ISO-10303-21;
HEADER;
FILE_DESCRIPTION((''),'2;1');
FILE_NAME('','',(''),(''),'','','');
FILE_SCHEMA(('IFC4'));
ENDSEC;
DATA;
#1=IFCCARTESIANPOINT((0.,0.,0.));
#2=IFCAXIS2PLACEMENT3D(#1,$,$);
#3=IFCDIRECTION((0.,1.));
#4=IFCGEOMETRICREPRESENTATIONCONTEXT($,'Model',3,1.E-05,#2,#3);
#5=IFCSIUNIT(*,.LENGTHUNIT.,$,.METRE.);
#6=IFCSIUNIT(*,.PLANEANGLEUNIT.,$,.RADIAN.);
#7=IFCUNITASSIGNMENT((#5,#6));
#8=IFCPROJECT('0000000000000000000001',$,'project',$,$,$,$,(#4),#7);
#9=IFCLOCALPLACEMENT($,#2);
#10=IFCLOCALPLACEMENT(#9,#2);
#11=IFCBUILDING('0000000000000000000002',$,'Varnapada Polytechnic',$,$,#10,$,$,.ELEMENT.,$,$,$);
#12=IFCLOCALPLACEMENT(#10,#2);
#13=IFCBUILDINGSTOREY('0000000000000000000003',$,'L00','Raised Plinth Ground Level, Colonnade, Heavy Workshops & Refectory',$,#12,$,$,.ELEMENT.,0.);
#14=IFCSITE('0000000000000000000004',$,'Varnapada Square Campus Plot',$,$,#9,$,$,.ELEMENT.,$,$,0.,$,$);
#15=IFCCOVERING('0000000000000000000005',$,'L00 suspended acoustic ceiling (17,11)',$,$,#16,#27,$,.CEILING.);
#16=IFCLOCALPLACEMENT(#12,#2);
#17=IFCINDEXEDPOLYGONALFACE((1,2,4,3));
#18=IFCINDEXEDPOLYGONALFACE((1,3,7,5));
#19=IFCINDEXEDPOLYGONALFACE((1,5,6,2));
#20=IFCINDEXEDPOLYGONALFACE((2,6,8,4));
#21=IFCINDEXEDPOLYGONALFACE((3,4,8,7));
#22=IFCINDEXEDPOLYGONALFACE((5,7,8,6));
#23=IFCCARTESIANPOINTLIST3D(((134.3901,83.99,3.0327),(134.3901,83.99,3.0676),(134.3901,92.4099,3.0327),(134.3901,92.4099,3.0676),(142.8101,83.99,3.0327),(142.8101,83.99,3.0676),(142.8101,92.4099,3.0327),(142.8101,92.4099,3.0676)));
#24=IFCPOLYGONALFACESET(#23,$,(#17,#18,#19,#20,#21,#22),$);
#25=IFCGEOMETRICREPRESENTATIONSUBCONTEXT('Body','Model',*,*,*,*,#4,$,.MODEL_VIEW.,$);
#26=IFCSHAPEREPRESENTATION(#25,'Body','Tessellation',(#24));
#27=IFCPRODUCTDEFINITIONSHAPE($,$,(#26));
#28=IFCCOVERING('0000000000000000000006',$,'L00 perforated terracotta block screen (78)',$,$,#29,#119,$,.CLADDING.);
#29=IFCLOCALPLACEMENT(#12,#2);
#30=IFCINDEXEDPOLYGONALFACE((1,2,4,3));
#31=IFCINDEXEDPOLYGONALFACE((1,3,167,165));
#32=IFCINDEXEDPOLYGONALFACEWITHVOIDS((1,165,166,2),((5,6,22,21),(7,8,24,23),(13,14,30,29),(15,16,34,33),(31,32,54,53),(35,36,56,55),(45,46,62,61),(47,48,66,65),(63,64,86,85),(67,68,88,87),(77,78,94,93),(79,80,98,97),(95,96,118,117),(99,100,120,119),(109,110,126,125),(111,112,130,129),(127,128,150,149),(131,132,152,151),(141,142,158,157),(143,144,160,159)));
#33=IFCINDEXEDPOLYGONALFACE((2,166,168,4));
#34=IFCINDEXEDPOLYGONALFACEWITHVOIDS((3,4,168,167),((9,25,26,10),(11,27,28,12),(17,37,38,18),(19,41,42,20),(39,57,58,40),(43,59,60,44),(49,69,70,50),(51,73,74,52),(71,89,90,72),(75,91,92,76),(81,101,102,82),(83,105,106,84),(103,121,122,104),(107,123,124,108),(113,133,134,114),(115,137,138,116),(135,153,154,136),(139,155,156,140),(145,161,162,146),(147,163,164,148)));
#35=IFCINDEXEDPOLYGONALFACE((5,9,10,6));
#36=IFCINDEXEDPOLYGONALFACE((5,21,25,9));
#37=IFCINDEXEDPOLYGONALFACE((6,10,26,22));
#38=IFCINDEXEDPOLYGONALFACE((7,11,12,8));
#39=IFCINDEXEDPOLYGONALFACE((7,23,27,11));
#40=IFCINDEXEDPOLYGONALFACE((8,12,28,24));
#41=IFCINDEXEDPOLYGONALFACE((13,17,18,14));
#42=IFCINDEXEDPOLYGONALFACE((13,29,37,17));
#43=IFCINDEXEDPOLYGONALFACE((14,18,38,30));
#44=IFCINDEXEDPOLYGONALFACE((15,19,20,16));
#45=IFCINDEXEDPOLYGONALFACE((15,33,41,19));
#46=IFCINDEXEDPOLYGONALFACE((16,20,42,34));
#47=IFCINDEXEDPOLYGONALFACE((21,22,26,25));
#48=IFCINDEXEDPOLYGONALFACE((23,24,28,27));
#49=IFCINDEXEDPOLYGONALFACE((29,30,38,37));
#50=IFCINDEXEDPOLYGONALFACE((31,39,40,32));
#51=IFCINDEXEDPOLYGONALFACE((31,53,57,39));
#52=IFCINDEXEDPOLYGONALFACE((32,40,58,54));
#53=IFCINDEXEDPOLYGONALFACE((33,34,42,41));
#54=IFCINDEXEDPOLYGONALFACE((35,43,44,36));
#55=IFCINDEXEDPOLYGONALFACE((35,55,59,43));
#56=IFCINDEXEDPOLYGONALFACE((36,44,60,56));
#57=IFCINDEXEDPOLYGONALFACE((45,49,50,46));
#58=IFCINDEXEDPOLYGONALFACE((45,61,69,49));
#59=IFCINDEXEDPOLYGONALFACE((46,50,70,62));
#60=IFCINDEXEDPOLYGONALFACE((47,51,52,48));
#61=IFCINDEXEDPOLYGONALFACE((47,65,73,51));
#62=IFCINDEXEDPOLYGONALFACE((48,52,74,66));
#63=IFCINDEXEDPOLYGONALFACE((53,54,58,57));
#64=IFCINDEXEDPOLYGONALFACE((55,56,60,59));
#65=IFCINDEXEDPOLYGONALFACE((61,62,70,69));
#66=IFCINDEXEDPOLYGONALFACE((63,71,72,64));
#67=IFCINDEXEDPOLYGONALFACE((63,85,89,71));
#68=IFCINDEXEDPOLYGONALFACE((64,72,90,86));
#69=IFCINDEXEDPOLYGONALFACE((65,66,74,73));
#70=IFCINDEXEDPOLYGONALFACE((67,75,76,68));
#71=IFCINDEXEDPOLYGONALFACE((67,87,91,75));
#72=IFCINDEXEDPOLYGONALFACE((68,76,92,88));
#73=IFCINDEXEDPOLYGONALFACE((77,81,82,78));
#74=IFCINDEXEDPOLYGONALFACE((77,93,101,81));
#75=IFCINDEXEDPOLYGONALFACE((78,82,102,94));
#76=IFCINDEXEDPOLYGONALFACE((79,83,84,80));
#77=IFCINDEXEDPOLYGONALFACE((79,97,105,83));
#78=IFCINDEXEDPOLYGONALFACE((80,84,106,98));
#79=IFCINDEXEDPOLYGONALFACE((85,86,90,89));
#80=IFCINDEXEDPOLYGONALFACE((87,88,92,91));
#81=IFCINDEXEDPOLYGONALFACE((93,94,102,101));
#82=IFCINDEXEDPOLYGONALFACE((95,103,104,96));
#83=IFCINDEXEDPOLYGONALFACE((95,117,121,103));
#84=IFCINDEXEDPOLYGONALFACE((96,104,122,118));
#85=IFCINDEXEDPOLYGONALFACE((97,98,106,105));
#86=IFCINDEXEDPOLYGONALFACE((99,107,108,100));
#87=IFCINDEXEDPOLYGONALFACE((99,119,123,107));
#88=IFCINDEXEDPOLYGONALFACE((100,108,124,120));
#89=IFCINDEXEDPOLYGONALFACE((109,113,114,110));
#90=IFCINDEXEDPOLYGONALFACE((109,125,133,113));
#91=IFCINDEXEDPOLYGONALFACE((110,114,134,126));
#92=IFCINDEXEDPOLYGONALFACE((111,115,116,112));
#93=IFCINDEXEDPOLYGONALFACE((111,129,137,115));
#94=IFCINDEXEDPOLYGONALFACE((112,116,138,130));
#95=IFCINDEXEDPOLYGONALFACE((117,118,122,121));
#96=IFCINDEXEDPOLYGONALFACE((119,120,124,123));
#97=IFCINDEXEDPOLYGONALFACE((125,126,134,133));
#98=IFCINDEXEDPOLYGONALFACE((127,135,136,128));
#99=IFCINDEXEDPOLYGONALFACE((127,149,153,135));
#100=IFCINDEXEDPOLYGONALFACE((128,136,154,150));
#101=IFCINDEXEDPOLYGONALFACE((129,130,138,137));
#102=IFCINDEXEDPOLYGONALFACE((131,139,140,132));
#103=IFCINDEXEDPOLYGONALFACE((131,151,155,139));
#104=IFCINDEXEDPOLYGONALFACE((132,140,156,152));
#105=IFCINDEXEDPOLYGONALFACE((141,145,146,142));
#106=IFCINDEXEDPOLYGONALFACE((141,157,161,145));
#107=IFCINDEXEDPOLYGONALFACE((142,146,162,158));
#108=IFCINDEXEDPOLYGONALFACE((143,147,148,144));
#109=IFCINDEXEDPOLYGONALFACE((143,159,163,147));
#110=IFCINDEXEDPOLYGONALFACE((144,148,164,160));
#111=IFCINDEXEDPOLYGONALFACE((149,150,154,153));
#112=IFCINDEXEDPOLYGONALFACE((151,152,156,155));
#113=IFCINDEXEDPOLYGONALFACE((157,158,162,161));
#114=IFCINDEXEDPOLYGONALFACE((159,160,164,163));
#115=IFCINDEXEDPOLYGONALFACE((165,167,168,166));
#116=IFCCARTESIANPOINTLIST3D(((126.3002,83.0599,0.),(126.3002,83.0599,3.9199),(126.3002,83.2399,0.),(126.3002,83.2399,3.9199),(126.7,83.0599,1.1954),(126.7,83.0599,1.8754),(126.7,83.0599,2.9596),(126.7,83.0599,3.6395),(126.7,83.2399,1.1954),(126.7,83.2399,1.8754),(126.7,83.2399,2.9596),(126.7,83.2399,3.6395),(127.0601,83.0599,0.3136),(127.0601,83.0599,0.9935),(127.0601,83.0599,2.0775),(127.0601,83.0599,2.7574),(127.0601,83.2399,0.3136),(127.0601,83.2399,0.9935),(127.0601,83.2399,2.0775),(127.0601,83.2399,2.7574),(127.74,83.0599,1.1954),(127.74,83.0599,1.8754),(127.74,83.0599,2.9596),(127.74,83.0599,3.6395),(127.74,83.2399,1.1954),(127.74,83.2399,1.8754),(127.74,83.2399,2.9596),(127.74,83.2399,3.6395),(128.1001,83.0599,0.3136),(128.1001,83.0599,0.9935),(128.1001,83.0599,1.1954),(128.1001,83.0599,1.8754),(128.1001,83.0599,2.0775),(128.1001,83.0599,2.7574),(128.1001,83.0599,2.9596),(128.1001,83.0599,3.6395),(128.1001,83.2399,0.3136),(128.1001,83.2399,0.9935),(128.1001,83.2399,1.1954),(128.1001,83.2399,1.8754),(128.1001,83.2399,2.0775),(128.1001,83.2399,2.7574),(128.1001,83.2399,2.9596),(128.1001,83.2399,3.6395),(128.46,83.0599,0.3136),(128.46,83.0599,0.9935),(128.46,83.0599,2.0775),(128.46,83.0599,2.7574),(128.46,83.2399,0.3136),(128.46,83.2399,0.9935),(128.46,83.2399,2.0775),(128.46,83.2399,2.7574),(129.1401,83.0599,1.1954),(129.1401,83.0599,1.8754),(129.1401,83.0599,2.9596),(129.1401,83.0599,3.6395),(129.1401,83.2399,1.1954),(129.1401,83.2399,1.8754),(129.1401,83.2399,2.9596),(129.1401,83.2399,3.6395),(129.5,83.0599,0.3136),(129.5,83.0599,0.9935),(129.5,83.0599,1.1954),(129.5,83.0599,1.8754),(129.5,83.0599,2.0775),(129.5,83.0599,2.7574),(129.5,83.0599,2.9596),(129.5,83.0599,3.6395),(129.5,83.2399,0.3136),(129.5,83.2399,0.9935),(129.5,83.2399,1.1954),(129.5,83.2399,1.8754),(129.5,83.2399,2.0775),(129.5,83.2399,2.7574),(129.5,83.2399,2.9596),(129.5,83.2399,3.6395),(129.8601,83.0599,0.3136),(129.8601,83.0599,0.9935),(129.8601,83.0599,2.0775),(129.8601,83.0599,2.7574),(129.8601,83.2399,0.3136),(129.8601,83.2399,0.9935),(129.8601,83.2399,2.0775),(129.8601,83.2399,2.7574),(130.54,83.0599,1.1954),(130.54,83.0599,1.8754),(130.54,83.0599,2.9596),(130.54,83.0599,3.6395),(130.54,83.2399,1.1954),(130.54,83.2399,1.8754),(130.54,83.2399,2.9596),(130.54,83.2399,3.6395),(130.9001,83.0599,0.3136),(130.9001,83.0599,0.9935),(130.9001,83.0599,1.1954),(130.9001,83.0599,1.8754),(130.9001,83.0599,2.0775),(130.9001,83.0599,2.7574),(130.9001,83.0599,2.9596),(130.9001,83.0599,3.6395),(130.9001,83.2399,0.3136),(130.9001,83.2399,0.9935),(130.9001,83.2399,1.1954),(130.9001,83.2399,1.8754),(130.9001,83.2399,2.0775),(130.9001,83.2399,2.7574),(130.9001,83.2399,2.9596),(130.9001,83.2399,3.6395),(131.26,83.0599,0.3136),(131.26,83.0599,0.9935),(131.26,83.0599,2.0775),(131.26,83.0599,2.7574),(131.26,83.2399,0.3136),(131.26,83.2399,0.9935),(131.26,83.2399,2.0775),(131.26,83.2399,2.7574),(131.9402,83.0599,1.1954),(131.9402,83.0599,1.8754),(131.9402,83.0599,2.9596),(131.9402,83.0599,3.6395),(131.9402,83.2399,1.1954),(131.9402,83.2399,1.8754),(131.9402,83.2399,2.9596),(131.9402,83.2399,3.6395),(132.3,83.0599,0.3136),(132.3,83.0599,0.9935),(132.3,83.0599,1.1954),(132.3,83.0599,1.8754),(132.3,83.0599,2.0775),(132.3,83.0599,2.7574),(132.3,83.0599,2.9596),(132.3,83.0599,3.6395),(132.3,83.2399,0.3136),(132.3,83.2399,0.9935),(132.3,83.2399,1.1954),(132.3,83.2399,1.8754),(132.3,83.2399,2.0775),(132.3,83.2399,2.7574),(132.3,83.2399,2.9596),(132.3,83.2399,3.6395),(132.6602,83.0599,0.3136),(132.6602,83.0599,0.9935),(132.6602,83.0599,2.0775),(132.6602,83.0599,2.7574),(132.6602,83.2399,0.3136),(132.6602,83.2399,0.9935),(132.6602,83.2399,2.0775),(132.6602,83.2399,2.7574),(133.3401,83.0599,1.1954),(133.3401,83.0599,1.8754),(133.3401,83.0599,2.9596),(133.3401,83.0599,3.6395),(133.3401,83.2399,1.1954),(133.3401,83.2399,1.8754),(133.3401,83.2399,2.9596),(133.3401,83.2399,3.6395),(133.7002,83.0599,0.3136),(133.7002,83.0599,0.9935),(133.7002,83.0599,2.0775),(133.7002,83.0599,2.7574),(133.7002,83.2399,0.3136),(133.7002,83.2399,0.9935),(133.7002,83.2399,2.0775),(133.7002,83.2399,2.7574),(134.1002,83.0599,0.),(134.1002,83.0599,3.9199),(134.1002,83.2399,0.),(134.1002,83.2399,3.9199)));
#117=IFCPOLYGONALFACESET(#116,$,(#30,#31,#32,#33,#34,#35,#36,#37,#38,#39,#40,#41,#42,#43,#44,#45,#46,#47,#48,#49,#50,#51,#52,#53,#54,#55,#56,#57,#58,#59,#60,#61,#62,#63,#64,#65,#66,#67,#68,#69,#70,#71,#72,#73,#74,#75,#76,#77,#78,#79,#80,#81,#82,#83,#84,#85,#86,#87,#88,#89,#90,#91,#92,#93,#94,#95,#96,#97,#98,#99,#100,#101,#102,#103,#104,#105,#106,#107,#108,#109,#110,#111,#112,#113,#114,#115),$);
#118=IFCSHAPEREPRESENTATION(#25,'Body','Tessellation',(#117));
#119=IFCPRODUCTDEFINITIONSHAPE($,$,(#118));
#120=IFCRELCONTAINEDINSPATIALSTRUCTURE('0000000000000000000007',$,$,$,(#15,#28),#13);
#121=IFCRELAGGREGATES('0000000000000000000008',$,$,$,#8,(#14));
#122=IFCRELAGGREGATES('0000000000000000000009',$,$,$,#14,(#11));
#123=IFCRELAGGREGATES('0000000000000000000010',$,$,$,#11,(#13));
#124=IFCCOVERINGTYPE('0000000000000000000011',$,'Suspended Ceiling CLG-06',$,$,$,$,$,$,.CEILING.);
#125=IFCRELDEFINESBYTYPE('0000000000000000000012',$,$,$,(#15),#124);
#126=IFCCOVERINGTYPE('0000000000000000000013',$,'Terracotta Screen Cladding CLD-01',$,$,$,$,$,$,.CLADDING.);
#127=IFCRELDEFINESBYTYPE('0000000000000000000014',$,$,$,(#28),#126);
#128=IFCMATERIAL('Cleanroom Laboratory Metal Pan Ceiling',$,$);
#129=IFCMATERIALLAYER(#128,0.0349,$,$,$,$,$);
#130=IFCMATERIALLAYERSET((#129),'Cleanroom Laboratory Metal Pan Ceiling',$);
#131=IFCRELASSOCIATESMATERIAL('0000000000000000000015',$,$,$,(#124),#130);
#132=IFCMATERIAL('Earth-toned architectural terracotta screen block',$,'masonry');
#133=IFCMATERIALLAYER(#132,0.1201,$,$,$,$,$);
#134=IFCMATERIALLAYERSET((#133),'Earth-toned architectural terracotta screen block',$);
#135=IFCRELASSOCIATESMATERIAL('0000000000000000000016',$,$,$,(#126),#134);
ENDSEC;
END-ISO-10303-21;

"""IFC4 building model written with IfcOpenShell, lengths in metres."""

from ifc_helpers import new_model, si_unit, direction, frame, frame_2d, origin, origin_2d, place, context, subcontext, project, spatial, rectangle, extrude, material, layer, layer_set, type_object, element, save


model = new_model("IFC4")

# Units and contexts
model_context = context("Model", 3, precision=1e-05, world=origin(), true_north=direction((0.0, 1.0)))
body_context = subcontext(model_context, "Body", "Model", "MODEL_VIEW")
ifc_project = project(units=[si_unit("LENGTHUNIT", "METRE"), si_unit("PLANEANGLEUNIT", "RADIAN")], contexts=[model_context])

# Site, building, storey
site_placement = place(None, origin())
site = spatial("IfcSite", under=ifc_project, at=site_placement, Name="Varnapada Square Campus Plot", CompositionType="ELEMENT", RefElevation=0.0)
building_placement = place(site_placement, origin())
building = spatial("IfcBuilding", under=site, at=building_placement, Name="Varnapada Polytechnic", CompositionType="ELEMENT")
storey_placement = place(building_placement, origin())
storey = spatial("IfcBuildingStorey", under=building, at=storey_placement, Name="L00", Description="Raised Plinth Ground Level, Colonnade, Heavy Workshops & Refectory", CompositionType="ELEMENT", Elevation=0.0)

# Covering
ifc_material_1 = material(Name="Cleanroom Laboratory Metal Pan Ceiling")
ifc_layer_1 = layer(ifc_material_1, 0.0349)
ifc_layer_set_1 = layer_set([ifc_layer_1], Name="Cleanroom Laboratory Metal Pan Ceiling")
covering_type_1 = type_object("IfcCoveringType", Name="Suspended Ceiling CLG-06", PredefinedType="CEILING", material=ifc_layer_set_1)
covering_1_placement = place(storey_placement, frame((138.6001, 88.2, 3.0327), z_axis=(0.0, 0.0, 1.0), x_axis=(1.0, 0.0, 0.0)))
element("IfcCovering", 1, at=covering_1_placement, inside=storey, type_object=covering_type_1, Name="L00 suspended acoustic ceiling (17,11)", PredefinedType="CEILING", context=body_context, shape_type="SweptSolid", body=[
    extrude(rectangle(XDim=8.4199, YDim=8.4199, at=origin_2d()), origin(), (0.0, 0.0, 1.0), 0.0349),
])

# Covering, openings
ifc_material_2 = material(Name="Earth-toned architectural terracotta screen block", Category="masonry")
ifc_layer_2 = layer(ifc_material_2, 0.1201)
ifc_layer_set_2 = layer_set([ifc_layer_2], Name="Earth-toned architectural terracotta screen block")
covering_type_2 = type_object("IfcCoveringType", Name="Terracotta Screen Cladding CLD-01", PredefinedType="CLADDING", material=ifc_layer_set_2)
covering_2_placement = place(storey_placement, frame((134.1001, 83.1499, 0.0), z_axis=(0.0, 0.0, 1.0), x_axis=(-1.0, 0.0, 0.0)))
covering_2 = element("IfcCovering", 2, at=covering_2_placement, inside=storey, type_object=covering_type_2, Name="L00 perforated terracotta block screen (78)", PredefinedType="CLADDING", context=body_context, shape_type="SweptSolid", body=[
    extrude(rectangle(XDim=7.8, YDim=0.1799, at=frame_2d((3.8999, 0.0))), origin(), (0.0, 0.0, 1.0), 3.9199),
])
opening_1_placement = place(covering_2_placement, frame((0.3999, 0.0, 0.3137)))
element("IfcOpeningElement", 3, at=opening_1_placement, cuts=covering_2, PredefinedType="OPENING", context=body_context, shape_type="SweptSolid", body=[
    extrude(rectangle(XDim=1.04, YDim=0.6799, at=frame_2d((0.52, 0.3398))), frame((0.0, 0.0999, 0.0), z_axis=(0.0, -1.0, 0.0), x_axis=(1.0, 0.0, 0.0)), (0.0, 0.0, 1.0), 0.2),
])
opening_2_placement = place(covering_2_placement, frame((1.8, 0.0, 0.3137)))
element("IfcOpeningElement", 4, at=opening_2_placement, cuts=covering_2, PredefinedType="OPENING", context=body_context, shape_type="SweptSolid", body=[
    extrude(rectangle(XDim=1.04, YDim=0.6799, at=frame_2d((0.52, 0.3398))), frame((0.0, 0.0999, 0.0), z_axis=(0.0, -1.0, 0.0), x_axis=(1.0, 0.0, 0.0)), (0.0, 0.0, 1.0), 0.2),
])
opening_3_placement = place(covering_2_placement, frame((3.2, 0.0, 0.3137)))
element("IfcOpeningElement", 5, at=opening_3_placement, cuts=covering_2, PredefinedType="OPENING", context=body_context, shape_type="SweptSolid", body=[
    extrude(rectangle(XDim=1.04, YDim=0.6799, at=frame_2d((0.52, 0.3398))), frame((0.0, 0.0999, 0.0), z_axis=(0.0, -1.0, 0.0), x_axis=(1.0, 0.0, 0.0)), (0.0, 0.0, 1.0), 0.2),
])
opening_4_placement = place(covering_2_placement, frame((4.6001, 0.0, 0.3137)))
element("IfcOpeningElement", 6, at=opening_4_placement, cuts=covering_2, PredefinedType="OPENING", context=body_context, shape_type="SweptSolid", body=[
    extrude(rectangle(XDim=1.04, YDim=0.6799, at=frame_2d((0.52, 0.3398))), frame((0.0, 0.0999, 0.0), z_axis=(0.0, -1.0, 0.0), x_axis=(1.0, 0.0, 0.0)), (0.0, 0.0, 1.0), 0.2),
])
opening_5_placement = place(covering_2_placement, frame((6.0, 0.0, 0.3137)))
element("IfcOpeningElement", 7, at=opening_5_placement, cuts=covering_2, PredefinedType="OPENING", context=body_context, shape_type="SweptSolid", body=[
    extrude(rectangle(XDim=1.04, YDim=0.6799, at=frame_2d((0.52, 0.3398))), frame((0.0, 0.0999, 0.0), z_axis=(0.0, -1.0, 0.0), x_axis=(1.0, 0.0, 0.0)), (0.0, 0.0, 1.0), 0.2),
])
opening_6_placement = place(covering_2_placement, frame((0.76, 0.0, 1.1956)))
element("IfcOpeningElement", 8, at=opening_6_placement, cuts=covering_2, PredefinedType="OPENING", context=body_context, shape_type="SweptSolid", body=[
    extrude(rectangle(XDim=1.04, YDim=0.6799, at=frame_2d((0.52, 0.3398))), frame((0.0, 0.0999, 0.0), z_axis=(0.0, -1.0, 0.0), x_axis=(1.0, 0.0, 0.0)), (0.0, 0.0, 1.0), 0.2),
])
opening_7_placement = place(covering_2_placement, frame((2.1599, 0.0, 1.1956)))
element("IfcOpeningElement", 9, at=opening_7_placement, cuts=covering_2, PredefinedType="OPENING", context=body_context, shape_type="SweptSolid", body=[
    extrude(rectangle(XDim=1.04, YDim=0.6799, at=frame_2d((0.52, 0.3398))), frame((0.0, 0.0999, 0.0), z_axis=(0.0, -1.0, 0.0), x_axis=(1.0, 0.0, 0.0)), (0.0, 0.0, 1.0), 0.2),
])
opening_8_placement = place(covering_2_placement, frame((3.5601, 0.0, 1.1956)))
element("IfcOpeningElement", 10, at=opening_8_placement, cuts=covering_2, PredefinedType="OPENING", context=body_context, shape_type="SweptSolid", body=[
    extrude(rectangle(XDim=1.04, YDim=0.6799, at=frame_2d((0.52, 0.3398))), frame((0.0, 0.0999, 0.0), z_axis=(0.0, -1.0, 0.0), x_axis=(1.0, 0.0, 0.0)), (0.0, 0.0, 1.0), 0.2),
])
opening_9_placement = place(covering_2_placement, frame((4.96, 0.0, 1.1956)))
element("IfcOpeningElement", 11, at=opening_9_placement, cuts=covering_2, PredefinedType="OPENING", context=body_context, shape_type="SweptSolid", body=[
    extrude(rectangle(XDim=1.04, YDim=0.6799, at=frame_2d((0.52, 0.3398))), frame((0.0, 0.0999, 0.0), z_axis=(0.0, -1.0, 0.0), x_axis=(1.0, 0.0, 0.0)), (0.0, 0.0, 1.0), 0.2),
])
opening_10_placement = place(covering_2_placement, frame((6.3601, 0.0, 1.1956)))
element("IfcOpeningElement", 12, at=opening_10_placement, cuts=covering_2, PredefinedType="OPENING", context=body_context, shape_type="SweptSolid", body=[
    extrude(rectangle(XDim=1.04, YDim=0.6799, at=frame_2d((0.52, 0.3398))), frame((0.0, 0.0999, 0.0), z_axis=(0.0, -1.0, 0.0), x_axis=(1.0, 0.0, 0.0)), (0.0, 0.0, 1.0), 0.2),
])
opening_11_placement = place(covering_2_placement, frame((0.3999, 0.0, 2.0776)))
element("IfcOpeningElement", 13, at=opening_11_placement, cuts=covering_2, PredefinedType="OPENING", context=body_context, shape_type="SweptSolid", body=[
    extrude(rectangle(XDim=1.04, YDim=0.6799, at=frame_2d((0.52, 0.3398))), frame((0.0, 0.0999, 0.0), z_axis=(0.0, -1.0, 0.0), x_axis=(1.0, 0.0, 0.0)), (0.0, 0.0, 1.0), 0.2),
])
opening_12_placement = place(covering_2_placement, frame((1.8, 0.0, 2.0776)))
element("IfcOpeningElement", 14, at=opening_12_placement, cuts=covering_2, PredefinedType="OPENING", context=body_context, shape_type="SweptSolid", body=[
    extrude(rectangle(XDim=1.04, YDim=0.6799, at=frame_2d((0.52, 0.3398))), frame((0.0, 0.0999, 0.0), z_axis=(0.0, -1.0, 0.0), x_axis=(1.0, 0.0, 0.0)), (0.0, 0.0, 1.0), 0.2),
])
opening_13_placement = place(covering_2_placement, frame((3.2, 0.0, 2.0776)))
element("IfcOpeningElement", 15, at=opening_13_placement, cuts=covering_2, PredefinedType="OPENING", context=body_context, shape_type="SweptSolid", body=[
    extrude(rectangle(XDim=1.04, YDim=0.6799, at=frame_2d((0.52, 0.3398))), frame((0.0, 0.0999, 0.0), z_axis=(0.0, -1.0, 0.0), x_axis=(1.0, 0.0, 0.0)), (0.0, 0.0, 1.0), 0.2),
])
opening_14_placement = place(covering_2_placement, frame((4.6001, 0.0, 2.0776)))
element("IfcOpeningElement", 16, at=opening_14_placement, cuts=covering_2, PredefinedType="OPENING", context=body_context, shape_type="SweptSolid", body=[
    extrude(rectangle(XDim=1.04, YDim=0.6799, at=frame_2d((0.52, 0.3398))), frame((0.0, 0.0999, 0.0), z_axis=(0.0, -1.0, 0.0), x_axis=(1.0, 0.0, 0.0)), (0.0, 0.0, 1.0), 0.2),
])
opening_15_placement = place(covering_2_placement, frame((6.0, 0.0, 2.0776)))
element("IfcOpeningElement", 17, at=opening_15_placement, cuts=covering_2, PredefinedType="OPENING", context=body_context, shape_type="SweptSolid", body=[
    extrude(rectangle(XDim=1.04, YDim=0.6799, at=frame_2d((0.52, 0.3398))), frame((0.0, 0.0999, 0.0), z_axis=(0.0, -1.0, 0.0), x_axis=(1.0, 0.0, 0.0)), (0.0, 0.0, 1.0), 0.2),
])
opening_16_placement = place(covering_2_placement, frame((0.76, 0.0, 2.9597)))
element("IfcOpeningElement", 18, at=opening_16_placement, cuts=covering_2, PredefinedType="OPENING", context=body_context, shape_type="SweptSolid", body=[
    extrude(rectangle(XDim=1.04, YDim=0.6799, at=frame_2d((0.52, 0.3398))), frame((0.0, 0.0999, 0.0), z_axis=(0.0, -1.0, 0.0), x_axis=(1.0, 0.0, 0.0)), (0.0, 0.0, 1.0), 0.2),
])
opening_17_placement = place(covering_2_placement, frame((2.1599, 0.0, 2.9597)))
element("IfcOpeningElement", 19, at=opening_17_placement, cuts=covering_2, PredefinedType="OPENING", context=body_context, shape_type="SweptSolid", body=[
    extrude(rectangle(XDim=1.04, YDim=0.6799, at=frame_2d((0.52, 0.3398))), frame((0.0, 0.0999, 0.0), z_axis=(0.0, -1.0, 0.0), x_axis=(1.0, 0.0, 0.0)), (0.0, 0.0, 1.0), 0.2),
])
opening_18_placement = place(covering_2_placement, frame((3.5601, 0.0, 2.9597)))
element("IfcOpeningElement", 20, at=opening_18_placement, cuts=covering_2, PredefinedType="OPENING", context=body_context, shape_type="SweptSolid", body=[
    extrude(rectangle(XDim=1.04, YDim=0.6799, at=frame_2d((0.52, 0.3398))), frame((0.0, 0.0999, 0.0), z_axis=(0.0, -1.0, 0.0), x_axis=(1.0, 0.0, 0.0)), (0.0, 0.0, 1.0), 0.2),
])
opening_19_placement = place(covering_2_placement, frame((4.96, 0.0, 2.9597)))
element("IfcOpeningElement", 21, at=opening_19_placement, cuts=covering_2, PredefinedType="OPENING", context=body_context, shape_type="SweptSolid", body=[
    extrude(rectangle(XDim=1.04, YDim=0.6799, at=frame_2d((0.52, 0.3398))), frame((0.0, 0.0999, 0.0), z_axis=(0.0, -1.0, 0.0), x_axis=(1.0, 0.0, 0.0)), (0.0, 0.0, 1.0), 0.2),
])
opening_20_placement = place(covering_2_placement, frame((6.3601, 0.0, 2.9597)))
element("IfcOpeningElement", 22, at=opening_20_placement, cuts=covering_2, PredefinedType="OPENING", context=body_context, shape_type="SweptSolid", body=[
    extrude(rectangle(XDim=1.04, YDim=0.6799, at=frame_2d((0.52, 0.3398))), frame((0.0, 0.0999, 0.0), z_axis=(0.0, -1.0, 0.0), x_axis=(1.0, 0.0, 0.0)), (0.0, 0.0, 1.0), 0.2),
])

save(model, "model.ifc")
